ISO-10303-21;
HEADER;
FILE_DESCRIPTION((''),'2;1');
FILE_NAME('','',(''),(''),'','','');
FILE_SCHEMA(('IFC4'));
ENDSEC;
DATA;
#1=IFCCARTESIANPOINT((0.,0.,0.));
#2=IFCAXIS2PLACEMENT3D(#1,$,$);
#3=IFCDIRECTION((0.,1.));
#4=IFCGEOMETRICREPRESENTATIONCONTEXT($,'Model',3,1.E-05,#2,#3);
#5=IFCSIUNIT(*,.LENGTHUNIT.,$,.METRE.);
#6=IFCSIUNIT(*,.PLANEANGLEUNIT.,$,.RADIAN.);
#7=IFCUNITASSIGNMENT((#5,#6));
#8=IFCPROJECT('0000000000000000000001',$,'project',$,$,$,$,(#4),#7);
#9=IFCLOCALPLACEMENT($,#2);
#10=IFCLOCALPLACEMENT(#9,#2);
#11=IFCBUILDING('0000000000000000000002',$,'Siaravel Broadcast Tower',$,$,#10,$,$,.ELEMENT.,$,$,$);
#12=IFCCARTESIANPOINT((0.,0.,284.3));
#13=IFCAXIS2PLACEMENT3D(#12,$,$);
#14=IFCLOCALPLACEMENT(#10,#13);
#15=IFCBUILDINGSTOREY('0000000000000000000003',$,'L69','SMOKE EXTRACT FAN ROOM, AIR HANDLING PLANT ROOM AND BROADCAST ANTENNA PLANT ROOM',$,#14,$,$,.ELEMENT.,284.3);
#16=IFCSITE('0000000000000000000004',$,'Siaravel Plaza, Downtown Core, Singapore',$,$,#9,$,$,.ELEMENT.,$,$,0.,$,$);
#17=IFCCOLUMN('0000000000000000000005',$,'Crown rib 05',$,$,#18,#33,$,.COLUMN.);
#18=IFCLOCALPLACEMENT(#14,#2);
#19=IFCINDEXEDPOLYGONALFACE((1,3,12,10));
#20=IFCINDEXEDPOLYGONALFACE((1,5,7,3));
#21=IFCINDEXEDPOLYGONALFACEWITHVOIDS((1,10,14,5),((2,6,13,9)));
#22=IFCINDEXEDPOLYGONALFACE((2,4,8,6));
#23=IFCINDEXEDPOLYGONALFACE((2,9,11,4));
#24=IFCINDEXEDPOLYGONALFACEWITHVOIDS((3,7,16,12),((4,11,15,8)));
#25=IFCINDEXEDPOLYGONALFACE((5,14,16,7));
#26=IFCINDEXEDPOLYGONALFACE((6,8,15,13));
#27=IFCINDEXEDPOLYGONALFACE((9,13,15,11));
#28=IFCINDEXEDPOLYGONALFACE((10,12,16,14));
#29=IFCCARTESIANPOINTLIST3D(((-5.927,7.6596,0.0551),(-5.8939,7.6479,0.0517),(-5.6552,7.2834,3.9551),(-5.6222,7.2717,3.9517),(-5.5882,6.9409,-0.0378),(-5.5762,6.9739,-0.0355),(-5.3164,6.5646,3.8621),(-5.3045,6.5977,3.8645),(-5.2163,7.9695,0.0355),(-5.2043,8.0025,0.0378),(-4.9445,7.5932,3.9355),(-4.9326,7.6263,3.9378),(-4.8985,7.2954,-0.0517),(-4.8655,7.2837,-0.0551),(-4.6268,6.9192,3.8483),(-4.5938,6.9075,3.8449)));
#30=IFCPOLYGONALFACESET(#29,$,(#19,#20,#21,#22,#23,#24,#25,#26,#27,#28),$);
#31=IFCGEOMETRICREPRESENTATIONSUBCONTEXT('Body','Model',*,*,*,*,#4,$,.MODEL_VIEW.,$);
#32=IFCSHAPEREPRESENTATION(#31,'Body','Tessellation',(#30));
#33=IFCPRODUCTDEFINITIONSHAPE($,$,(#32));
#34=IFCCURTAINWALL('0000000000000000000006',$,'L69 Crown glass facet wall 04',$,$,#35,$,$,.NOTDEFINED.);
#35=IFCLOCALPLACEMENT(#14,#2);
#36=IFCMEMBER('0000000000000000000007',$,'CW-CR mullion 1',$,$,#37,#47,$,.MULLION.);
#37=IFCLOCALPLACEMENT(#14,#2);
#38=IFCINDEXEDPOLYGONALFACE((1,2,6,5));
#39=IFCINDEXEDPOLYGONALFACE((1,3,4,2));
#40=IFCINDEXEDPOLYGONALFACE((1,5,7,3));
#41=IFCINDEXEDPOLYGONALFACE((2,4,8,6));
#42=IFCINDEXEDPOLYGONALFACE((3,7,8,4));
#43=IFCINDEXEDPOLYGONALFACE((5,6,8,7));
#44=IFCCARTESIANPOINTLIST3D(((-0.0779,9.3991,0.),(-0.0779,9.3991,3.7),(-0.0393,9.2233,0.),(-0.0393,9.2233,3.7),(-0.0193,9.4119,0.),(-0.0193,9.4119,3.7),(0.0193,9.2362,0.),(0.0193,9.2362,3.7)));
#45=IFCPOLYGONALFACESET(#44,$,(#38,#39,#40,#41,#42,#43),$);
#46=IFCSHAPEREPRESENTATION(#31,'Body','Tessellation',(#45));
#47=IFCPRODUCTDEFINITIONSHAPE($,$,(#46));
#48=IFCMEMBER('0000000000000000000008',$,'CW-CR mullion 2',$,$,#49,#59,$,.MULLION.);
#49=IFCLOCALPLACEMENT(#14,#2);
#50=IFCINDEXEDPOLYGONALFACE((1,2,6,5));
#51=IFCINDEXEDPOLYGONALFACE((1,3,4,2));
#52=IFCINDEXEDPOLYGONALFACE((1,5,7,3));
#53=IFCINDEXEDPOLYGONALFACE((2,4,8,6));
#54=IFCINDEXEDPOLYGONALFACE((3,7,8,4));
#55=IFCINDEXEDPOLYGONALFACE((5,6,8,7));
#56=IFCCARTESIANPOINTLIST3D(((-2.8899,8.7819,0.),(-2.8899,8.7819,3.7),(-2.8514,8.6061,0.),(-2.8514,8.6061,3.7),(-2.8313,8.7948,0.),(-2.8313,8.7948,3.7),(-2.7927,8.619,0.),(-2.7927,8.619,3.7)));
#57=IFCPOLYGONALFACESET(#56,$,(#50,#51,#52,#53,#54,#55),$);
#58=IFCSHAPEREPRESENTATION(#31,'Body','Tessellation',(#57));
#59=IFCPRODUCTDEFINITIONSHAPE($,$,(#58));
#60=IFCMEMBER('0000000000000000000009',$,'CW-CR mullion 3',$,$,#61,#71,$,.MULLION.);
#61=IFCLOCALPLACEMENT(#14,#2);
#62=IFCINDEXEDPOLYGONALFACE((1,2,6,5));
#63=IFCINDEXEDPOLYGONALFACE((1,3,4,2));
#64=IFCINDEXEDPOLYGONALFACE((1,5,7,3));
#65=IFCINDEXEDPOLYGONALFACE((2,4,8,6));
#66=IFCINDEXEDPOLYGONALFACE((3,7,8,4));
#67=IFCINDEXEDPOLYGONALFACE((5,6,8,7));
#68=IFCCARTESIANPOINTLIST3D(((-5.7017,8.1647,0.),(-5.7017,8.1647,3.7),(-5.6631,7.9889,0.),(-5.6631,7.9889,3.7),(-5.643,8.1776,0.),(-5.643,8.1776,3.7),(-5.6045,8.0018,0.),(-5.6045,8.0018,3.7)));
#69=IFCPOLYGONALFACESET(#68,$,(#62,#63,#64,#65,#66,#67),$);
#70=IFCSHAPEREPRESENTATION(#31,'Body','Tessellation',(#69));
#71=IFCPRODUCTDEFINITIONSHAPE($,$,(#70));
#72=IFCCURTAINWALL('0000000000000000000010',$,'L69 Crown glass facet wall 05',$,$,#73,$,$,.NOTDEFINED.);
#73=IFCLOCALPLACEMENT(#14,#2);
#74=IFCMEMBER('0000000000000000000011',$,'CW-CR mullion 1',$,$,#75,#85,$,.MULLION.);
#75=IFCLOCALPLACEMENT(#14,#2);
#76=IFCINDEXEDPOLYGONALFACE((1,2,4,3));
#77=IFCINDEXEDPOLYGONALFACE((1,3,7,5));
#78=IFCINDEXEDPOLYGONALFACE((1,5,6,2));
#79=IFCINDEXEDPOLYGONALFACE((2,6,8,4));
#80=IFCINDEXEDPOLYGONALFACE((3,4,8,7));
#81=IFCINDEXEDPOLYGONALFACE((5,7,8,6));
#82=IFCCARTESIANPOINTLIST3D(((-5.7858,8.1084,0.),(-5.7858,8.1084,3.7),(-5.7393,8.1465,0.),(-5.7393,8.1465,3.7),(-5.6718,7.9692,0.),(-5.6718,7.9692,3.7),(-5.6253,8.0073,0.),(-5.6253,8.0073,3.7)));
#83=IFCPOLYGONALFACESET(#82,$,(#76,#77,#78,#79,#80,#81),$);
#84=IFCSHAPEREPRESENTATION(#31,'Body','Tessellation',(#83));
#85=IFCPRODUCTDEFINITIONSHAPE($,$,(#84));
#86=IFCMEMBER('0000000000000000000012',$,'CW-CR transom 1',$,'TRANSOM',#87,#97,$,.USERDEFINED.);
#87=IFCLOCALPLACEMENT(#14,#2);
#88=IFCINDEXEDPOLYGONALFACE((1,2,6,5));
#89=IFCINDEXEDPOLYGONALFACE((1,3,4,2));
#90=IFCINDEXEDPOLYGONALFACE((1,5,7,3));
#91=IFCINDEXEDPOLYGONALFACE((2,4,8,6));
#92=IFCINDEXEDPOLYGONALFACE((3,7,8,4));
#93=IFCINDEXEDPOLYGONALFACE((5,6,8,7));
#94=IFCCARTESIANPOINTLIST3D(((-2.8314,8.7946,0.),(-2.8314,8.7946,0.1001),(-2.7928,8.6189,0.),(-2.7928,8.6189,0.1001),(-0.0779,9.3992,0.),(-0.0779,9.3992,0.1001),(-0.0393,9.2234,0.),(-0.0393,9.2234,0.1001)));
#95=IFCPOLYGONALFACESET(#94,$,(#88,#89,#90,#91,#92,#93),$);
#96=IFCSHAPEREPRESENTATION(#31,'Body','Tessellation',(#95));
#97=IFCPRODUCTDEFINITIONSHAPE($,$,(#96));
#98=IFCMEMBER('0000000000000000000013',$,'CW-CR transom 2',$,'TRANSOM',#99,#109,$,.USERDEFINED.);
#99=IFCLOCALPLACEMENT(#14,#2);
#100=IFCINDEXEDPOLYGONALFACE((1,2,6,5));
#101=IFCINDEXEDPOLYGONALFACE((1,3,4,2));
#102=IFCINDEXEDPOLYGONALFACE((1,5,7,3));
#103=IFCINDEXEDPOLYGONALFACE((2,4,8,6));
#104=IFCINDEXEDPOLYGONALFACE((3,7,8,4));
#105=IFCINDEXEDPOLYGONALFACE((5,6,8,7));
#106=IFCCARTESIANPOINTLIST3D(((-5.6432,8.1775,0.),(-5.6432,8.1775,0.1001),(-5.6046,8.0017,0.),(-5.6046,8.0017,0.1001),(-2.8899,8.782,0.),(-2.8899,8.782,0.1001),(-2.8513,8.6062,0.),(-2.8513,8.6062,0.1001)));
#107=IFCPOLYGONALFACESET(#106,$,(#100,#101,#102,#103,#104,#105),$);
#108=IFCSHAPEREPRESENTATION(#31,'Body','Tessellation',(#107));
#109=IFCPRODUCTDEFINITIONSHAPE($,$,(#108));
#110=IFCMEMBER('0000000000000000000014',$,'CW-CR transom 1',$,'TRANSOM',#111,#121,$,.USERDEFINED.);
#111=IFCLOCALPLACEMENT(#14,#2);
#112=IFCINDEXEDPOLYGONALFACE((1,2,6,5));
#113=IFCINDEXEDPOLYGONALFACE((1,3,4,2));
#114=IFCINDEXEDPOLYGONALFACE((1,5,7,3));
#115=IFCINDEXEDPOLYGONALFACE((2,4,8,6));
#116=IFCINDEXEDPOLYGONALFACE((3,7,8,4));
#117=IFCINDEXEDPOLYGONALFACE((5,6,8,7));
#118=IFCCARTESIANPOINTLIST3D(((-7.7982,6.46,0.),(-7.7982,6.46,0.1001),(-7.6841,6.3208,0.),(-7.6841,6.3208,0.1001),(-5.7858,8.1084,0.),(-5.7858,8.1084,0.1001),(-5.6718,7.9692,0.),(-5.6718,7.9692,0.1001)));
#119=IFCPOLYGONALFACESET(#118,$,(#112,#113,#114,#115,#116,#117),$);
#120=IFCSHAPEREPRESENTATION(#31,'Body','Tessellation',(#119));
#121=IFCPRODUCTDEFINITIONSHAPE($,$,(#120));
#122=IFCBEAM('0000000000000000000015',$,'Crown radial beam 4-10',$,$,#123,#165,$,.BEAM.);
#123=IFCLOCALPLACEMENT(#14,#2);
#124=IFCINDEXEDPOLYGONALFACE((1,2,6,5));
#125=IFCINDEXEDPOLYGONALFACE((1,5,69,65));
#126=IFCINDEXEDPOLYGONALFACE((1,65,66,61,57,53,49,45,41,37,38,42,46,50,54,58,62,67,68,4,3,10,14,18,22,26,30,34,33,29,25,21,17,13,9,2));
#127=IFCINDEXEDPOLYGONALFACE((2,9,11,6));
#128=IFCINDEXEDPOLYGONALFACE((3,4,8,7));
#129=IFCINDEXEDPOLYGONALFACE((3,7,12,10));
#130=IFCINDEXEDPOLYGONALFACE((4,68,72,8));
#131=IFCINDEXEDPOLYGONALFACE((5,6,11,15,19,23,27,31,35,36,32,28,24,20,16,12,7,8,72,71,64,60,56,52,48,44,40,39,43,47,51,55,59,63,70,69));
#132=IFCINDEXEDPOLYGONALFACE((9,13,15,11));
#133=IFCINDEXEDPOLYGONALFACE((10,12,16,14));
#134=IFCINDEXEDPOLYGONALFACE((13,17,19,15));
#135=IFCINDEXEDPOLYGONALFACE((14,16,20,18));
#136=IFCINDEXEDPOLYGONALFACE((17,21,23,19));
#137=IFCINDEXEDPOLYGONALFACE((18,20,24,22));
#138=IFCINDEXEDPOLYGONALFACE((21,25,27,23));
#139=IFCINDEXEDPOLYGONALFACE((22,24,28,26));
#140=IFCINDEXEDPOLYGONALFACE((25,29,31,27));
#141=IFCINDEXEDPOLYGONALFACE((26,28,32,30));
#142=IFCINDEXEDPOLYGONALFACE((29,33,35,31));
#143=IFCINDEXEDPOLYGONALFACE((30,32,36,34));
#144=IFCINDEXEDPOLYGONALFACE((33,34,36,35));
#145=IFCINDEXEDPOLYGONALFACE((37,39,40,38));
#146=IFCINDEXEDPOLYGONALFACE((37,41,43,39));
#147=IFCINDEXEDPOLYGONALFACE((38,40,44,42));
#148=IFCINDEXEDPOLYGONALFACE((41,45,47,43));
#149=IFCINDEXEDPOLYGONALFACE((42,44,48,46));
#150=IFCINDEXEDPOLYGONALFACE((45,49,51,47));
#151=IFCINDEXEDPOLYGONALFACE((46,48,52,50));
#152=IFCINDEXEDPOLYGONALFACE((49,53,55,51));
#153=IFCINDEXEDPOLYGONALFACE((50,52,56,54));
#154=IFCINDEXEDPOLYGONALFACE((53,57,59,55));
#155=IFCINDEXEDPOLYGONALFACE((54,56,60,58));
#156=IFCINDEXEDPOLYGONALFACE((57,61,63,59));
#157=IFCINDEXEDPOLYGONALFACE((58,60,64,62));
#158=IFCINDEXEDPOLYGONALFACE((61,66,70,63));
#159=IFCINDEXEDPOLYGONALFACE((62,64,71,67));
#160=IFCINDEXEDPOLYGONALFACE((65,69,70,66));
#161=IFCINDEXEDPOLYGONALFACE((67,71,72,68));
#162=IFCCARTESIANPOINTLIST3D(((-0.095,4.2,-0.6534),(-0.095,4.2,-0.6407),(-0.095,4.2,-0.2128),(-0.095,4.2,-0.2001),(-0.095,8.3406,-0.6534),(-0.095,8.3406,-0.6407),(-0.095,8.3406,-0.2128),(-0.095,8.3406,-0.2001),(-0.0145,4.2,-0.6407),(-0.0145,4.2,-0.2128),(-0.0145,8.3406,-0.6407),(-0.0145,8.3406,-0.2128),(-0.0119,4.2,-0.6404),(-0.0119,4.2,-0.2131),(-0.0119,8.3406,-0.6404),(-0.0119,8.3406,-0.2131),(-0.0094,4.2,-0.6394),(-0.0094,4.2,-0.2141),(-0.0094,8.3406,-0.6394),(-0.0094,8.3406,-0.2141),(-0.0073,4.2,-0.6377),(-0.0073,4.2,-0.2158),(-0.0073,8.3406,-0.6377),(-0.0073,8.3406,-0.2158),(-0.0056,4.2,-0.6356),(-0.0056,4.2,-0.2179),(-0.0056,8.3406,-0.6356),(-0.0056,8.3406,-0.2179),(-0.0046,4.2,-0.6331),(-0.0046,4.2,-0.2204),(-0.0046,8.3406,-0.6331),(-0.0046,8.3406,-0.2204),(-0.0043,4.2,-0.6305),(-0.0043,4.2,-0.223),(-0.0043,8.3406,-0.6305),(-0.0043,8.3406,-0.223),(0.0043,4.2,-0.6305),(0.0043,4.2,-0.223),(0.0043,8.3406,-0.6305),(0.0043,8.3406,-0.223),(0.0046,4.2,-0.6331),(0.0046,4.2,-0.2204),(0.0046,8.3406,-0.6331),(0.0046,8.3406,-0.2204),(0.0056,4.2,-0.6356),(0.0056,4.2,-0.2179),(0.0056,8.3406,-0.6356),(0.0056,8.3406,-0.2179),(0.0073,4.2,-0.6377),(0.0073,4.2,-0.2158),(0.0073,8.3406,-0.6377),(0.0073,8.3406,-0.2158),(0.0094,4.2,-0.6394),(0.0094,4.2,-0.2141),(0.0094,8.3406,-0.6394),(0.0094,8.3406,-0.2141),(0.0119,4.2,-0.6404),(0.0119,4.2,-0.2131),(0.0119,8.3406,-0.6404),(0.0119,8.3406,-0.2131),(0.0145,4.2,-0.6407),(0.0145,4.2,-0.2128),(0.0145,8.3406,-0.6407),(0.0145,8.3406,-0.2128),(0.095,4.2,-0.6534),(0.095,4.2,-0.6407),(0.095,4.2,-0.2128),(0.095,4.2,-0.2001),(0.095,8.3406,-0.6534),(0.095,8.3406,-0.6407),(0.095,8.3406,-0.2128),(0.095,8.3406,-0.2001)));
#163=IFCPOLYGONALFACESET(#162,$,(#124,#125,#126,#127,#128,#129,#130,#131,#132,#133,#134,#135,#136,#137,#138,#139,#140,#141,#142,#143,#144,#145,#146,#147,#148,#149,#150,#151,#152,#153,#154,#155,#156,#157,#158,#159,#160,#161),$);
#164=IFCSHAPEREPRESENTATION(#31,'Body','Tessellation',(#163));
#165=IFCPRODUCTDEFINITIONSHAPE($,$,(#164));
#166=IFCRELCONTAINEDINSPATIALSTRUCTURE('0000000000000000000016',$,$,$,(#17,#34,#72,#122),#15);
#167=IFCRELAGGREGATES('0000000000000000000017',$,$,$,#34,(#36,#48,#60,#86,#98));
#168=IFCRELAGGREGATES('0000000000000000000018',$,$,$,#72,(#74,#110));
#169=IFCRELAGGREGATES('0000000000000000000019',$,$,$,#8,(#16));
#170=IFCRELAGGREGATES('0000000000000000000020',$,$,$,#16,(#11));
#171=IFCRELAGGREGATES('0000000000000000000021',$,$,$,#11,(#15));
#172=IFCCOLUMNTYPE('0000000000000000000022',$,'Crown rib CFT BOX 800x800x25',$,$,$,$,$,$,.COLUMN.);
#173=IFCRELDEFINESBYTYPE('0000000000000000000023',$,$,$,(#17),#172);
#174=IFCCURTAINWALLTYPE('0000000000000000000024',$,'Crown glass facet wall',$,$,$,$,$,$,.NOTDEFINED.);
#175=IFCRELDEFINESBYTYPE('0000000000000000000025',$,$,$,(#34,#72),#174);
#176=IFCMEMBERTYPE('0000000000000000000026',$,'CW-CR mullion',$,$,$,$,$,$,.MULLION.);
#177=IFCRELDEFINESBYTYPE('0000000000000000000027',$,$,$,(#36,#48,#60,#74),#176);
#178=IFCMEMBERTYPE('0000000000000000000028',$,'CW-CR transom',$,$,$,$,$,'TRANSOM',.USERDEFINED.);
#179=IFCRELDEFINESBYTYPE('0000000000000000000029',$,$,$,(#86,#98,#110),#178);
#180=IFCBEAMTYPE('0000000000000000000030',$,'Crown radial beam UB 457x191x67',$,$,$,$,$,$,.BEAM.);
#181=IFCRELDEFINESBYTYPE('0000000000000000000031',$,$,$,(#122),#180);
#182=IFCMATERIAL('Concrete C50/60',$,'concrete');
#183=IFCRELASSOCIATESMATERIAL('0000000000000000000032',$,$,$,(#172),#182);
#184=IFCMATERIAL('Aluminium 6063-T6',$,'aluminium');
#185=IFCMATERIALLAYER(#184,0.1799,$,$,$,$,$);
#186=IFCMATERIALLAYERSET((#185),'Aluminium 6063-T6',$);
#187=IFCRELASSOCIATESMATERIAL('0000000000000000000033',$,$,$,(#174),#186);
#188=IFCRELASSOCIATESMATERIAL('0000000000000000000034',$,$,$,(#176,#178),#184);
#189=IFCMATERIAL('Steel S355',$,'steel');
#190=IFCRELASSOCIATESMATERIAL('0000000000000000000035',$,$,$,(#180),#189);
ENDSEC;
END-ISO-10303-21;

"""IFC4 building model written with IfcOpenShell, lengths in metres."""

from ifc_helpers import new_model, si_unit, direction, frame, origin, origin_2d, place, context, subcontext, project, spatial, rectangle, hollow_rectangle, i_section, extrude, material, layer, layer_set, material_profile, profile_set, type_object, element, aggregate, save


model = new_model("IFC4")

# Units and contexts
model_context = context("Model", 3, precision=1e-05, world=origin(), true_north=direction((0.0, 1.0)))
body_context = subcontext(model_context, "Body", "Model", "MODEL_VIEW")
ifc_project = project(units=[si_unit("LENGTHUNIT", "METRE"), si_unit("PLANEANGLEUNIT", "RADIAN")], contexts=[model_context])

# Site, building, storey
site_placement = place(None, origin())
site = spatial("IfcSite", under=ifc_project, at=site_placement, Name="Siaravel Plaza, Downtown Core, Singapore", CompositionType="ELEMENT", RefElevation=0.0)
building_placement = place(site_placement, origin())
building = spatial("IfcBuilding", under=site, at=building_placement, Name="Siaravel Broadcast Tower", CompositionType="ELEMENT")
storey_placement = place(building_placement, frame((0.0, 0.0, 284.3)))
storey = spatial("IfcBuildingStorey", under=building, at=storey_placement, Name="L69", Description="SMOKE EXTRACT FAN ROOM, AIR HANDLING PLANT ROOM AND BROADCAST ANTENNA PLANT ROOM", CompositionType="ELEMENT", Elevation=284.3)

# Column
ifc_material_1 = material(Name="Concrete C50/60", Category="concrete")
ifc_material_profile_1 = material_profile(ifc_material_1, hollow_rectangle(XDim=0.8, YDim=0.8, WallThickness=0.0249, at=origin_2d()))
ifc_profile_set_1 = profile_set([ifc_material_profile_1], Name="Concrete C50/60")
column_type = type_object("IfcColumnType", Name="Crown rib CFT BOX 800x800x25", PredefinedType="COLUMN", material=ifc_profile_set_1)
column_placement = place(storey_placement, frame((-5.3962, 7.4717, 0.0), z_axis=(0.069188, -0.095793, 0.992994), x_axis=(0.903251, 0.428569, -0.021591)))
element("IfcColumn", 1, at=column_placement, inside=storey, type_object=column_type, Name="Crown rib 05", PredefinedType="COLUMN", context=body_context, shape_type="SweptSolid", body=[
    extrude(hollow_rectangle(XDim=0.8, YDim=0.8, WallThickness=0.0249, at=origin_2d()), origin(), (0.0, 0.0, 1.0), 3.9275),
])

# Curtain wall, members
ifc_material_2 = material(Name="Aluminium 6063-T6", Category="aluminium")
ifc_layer_1 = layer(ifc_material_2, 0.1799)
ifc_layer_set_1 = layer_set([ifc_layer_1], Name="Aluminium 6063-T6")
curtain_wall_type = type_object("IfcCurtainWallType", Name="Crown glass facet wall", PredefinedType="NOTDEFINED", material=ifc_layer_set_1)
curtain_wall_1_placement = place(storey_placement, origin())
curtain_wall_1 = element("IfcCurtainWall", 2, at=curtain_wall_1_placement, inside=storey, type_object=curtain_wall_type, Name="L69 Crown glass facet wall 04", PredefinedType="NOTDEFINED")
ifc_material_profile_2 = material_profile(ifc_material_2, rectangle(XDim=0.1799, YDim=0.0601, at=origin_2d()))
ifc_profile_set_2 = profile_set([ifc_material_profile_2], Name="Aluminium 6063-T6")
member_type_1 = type_object("IfcMemberType", Name="CW-CR mullion", PredefinedType="MULLION", material=ifc_profile_set_2)
member_1_placement = place(storey_placement, frame((-0.0293, 9.3176, 0.0), z_axis=(0.0, 0.0, 1.0), x_axis=(0.214396, -0.976747, 0.0)))
member_1 = element("IfcMember", 3, at=member_1_placement, type_object=member_type_1, Name="CW-CR mullion 1", PredefinedType="MULLION", context=body_context, shape_type="SweptSolid", body=[
    extrude(rectangle(XDim=0.1799, YDim=0.0601, at=origin_2d()), origin(), (0.0, 0.0, 1.0), 3.7),
])
member_2_placement = place(storey_placement, frame((-2.8413, 8.7004, 0.0), z_axis=(0.0, 0.0, 1.0), x_axis=(0.214396, -0.976747, 0.0)))
member_2 = element("IfcMember", 4, at=member_2_placement, type_object=member_type_1, Name="CW-CR mullion 2", PredefinedType="MULLION", context=body_context, shape_type="SweptSolid", body=[
    extrude(rectangle(XDim=0.1799, YDim=0.0601, at=origin_2d()), origin(), (0.0, 0.0, 1.0), 3.7),
])
member_3_placement = place(storey_placement, frame((-5.6531, 8.0833, 0.0), z_axis=(0.0, 0.0, 1.0), x_axis=(0.214396, -0.976747, 0.0)))
member_3 = element("IfcMember", 5, at=member_3_placement, type_object=member_type_1, Name="CW-CR mullion 3", PredefinedType="MULLION", context=body_context, shape_type="SweptSolid", body=[
    extrude(rectangle(XDim=0.1799, YDim=0.0601, at=origin_2d()), origin(), (0.0, 0.0, 1.0), 3.7),
])

# Curtain wall, member
curtain_wall_2_placement = place(storey_placement, origin())
curtain_wall_2 = element("IfcCurtainWall", 6, at=curtain_wall_2_placement, inside=storey, type_object=curtain_wall_type, Name="L69 Crown glass facet wall 05", PredefinedType="NOTDEFINED")
member_4_placement = place(storey_placement, frame((-5.7056, 8.0579, 0.0), z_axis=(0.0, 0.0, 1.0), x_axis=(0.633718, -0.773564, 0.0)))
member_4 = element("IfcMember", 7, at=member_4_placement, type_object=member_type_1, Name="CW-CR mullion 1", PredefinedType="MULLION", context=body_context, shape_type="SweptSolid", body=[
    extrude(rectangle(XDim=0.1799, YDim=0.0601, at=origin_2d()), origin(), (0.0, 0.0, 1.0), 3.7),
])

# Members
ifc_material_profile_3 = material_profile(ifc_material_2, rectangle(XDim=0.1799, YDim=0.1001, at=origin_2d()))
ifc_profile_set_3 = profile_set([ifc_material_profile_3], Name="Aluminium 6063-T6")
member_type_2 = type_object("IfcMemberType", Name="CW-CR transom", ElementType="TRANSOM", PredefinedType="USERDEFINED", material=ifc_profile_set_3)
member_5_placement = place(storey_placement, frame((-0.0586, 9.3113, 0.05), z_axis=(-0.976738, -0.214436, 0.0), x_axis=(0.214436, -0.976738, 0.0)))
member_5 = element("IfcMember", 8, at=member_5_placement, type_object=member_type_2, Name="CW-CR transom 1", ObjectType="TRANSOM", PredefinedType="USERDEFINED", context=body_context, shape_type="SweptSolid", body=[
    extrude(rectangle(XDim=0.1799, YDim=0.1001, at=origin_2d()), origin(), (0.0, 0.0, 1.0), 2.8191),
])
member_6_placement = place(storey_placement, frame((-2.8706, 8.6941, 0.05), z_axis=(-0.976734, -0.214454, 0.0), x_axis=(0.214454, -0.976734, 0.0)))
member_6 = element("IfcMember", 9, at=member_6_placement, type_object=member_type_2, Name="CW-CR transom 2", ObjectType="TRANSOM", PredefinedType="USERDEFINED", context=body_context, shape_type="SweptSolid", body=[
    extrude(rectangle(XDim=0.1799, YDim=0.1001, at=origin_2d()), origin(), (0.0, 0.0, 1.0), 2.8188),
])
member_7_placement = place(storey_placement, frame((-5.7288, 8.0388, 0.05), z_axis=(-0.773602, -0.633672, 0.0), x_axis=(0.633672, -0.773602, 0.0)))
member_7 = element("IfcMember", 10, at=member_7_placement, type_object=member_type_2, Name="CW-CR transom 1", ObjectType="TRANSOM", PredefinedType="USERDEFINED", context=body_context, shape_type="SweptSolid", body=[
    extrude(rectangle(XDim=0.1799, YDim=0.1001, at=origin_2d()), origin(), (0.0, 0.0, 1.0), 2.6013),
])

# Beam
ifc_material_3 = material(Name="Steel S355", Category="steel")
ifc_material_profile_4 = material_profile(ifc_material_3, i_section(OverallWidth=0.1899, OverallDepth=0.4534, WebThickness=0.0085, FlangeThickness=0.0127, FilletRadius=0.0103, at=origin_2d()))
ifc_profile_set_4 = profile_set([ifc_material_profile_4], Name="Steel S355")
beam_type_1 = type_object("IfcBeamType", Name="Crown radial beam UB 457x191x67", PredefinedType="BEAM", material=ifc_profile_set_4)
beam_1_placement = place(storey_placement, frame((0.0, 8.3406, -0.4268), z_axis=(0.0, -1.0, 0.0), x_axis=(1.0, 0.0, 0.0)))
element("IfcBeam", 11, at=beam_1_placement, inside=storey, type_object=beam_type_1, Name="Crown radial beam 4-10", PredefinedType="BEAM", context=body_context, shape_type="SweptSolid", body=[
    extrude(i_section(OverallWidth=0.1899, OverallDepth=0.4534, WebThickness=0.0085, FlangeThickness=0.0127, FilletRadius=0.0103, at=origin_2d()), origin(), (0.0, 0.0, 1.0), 4.1406),
])

aggregate(curtain_wall_1, [member_1, member_2, member_3, member_5, member_6])
aggregate(curtain_wall_2, [member_4, member_7])

save(model, "model.ifc")
